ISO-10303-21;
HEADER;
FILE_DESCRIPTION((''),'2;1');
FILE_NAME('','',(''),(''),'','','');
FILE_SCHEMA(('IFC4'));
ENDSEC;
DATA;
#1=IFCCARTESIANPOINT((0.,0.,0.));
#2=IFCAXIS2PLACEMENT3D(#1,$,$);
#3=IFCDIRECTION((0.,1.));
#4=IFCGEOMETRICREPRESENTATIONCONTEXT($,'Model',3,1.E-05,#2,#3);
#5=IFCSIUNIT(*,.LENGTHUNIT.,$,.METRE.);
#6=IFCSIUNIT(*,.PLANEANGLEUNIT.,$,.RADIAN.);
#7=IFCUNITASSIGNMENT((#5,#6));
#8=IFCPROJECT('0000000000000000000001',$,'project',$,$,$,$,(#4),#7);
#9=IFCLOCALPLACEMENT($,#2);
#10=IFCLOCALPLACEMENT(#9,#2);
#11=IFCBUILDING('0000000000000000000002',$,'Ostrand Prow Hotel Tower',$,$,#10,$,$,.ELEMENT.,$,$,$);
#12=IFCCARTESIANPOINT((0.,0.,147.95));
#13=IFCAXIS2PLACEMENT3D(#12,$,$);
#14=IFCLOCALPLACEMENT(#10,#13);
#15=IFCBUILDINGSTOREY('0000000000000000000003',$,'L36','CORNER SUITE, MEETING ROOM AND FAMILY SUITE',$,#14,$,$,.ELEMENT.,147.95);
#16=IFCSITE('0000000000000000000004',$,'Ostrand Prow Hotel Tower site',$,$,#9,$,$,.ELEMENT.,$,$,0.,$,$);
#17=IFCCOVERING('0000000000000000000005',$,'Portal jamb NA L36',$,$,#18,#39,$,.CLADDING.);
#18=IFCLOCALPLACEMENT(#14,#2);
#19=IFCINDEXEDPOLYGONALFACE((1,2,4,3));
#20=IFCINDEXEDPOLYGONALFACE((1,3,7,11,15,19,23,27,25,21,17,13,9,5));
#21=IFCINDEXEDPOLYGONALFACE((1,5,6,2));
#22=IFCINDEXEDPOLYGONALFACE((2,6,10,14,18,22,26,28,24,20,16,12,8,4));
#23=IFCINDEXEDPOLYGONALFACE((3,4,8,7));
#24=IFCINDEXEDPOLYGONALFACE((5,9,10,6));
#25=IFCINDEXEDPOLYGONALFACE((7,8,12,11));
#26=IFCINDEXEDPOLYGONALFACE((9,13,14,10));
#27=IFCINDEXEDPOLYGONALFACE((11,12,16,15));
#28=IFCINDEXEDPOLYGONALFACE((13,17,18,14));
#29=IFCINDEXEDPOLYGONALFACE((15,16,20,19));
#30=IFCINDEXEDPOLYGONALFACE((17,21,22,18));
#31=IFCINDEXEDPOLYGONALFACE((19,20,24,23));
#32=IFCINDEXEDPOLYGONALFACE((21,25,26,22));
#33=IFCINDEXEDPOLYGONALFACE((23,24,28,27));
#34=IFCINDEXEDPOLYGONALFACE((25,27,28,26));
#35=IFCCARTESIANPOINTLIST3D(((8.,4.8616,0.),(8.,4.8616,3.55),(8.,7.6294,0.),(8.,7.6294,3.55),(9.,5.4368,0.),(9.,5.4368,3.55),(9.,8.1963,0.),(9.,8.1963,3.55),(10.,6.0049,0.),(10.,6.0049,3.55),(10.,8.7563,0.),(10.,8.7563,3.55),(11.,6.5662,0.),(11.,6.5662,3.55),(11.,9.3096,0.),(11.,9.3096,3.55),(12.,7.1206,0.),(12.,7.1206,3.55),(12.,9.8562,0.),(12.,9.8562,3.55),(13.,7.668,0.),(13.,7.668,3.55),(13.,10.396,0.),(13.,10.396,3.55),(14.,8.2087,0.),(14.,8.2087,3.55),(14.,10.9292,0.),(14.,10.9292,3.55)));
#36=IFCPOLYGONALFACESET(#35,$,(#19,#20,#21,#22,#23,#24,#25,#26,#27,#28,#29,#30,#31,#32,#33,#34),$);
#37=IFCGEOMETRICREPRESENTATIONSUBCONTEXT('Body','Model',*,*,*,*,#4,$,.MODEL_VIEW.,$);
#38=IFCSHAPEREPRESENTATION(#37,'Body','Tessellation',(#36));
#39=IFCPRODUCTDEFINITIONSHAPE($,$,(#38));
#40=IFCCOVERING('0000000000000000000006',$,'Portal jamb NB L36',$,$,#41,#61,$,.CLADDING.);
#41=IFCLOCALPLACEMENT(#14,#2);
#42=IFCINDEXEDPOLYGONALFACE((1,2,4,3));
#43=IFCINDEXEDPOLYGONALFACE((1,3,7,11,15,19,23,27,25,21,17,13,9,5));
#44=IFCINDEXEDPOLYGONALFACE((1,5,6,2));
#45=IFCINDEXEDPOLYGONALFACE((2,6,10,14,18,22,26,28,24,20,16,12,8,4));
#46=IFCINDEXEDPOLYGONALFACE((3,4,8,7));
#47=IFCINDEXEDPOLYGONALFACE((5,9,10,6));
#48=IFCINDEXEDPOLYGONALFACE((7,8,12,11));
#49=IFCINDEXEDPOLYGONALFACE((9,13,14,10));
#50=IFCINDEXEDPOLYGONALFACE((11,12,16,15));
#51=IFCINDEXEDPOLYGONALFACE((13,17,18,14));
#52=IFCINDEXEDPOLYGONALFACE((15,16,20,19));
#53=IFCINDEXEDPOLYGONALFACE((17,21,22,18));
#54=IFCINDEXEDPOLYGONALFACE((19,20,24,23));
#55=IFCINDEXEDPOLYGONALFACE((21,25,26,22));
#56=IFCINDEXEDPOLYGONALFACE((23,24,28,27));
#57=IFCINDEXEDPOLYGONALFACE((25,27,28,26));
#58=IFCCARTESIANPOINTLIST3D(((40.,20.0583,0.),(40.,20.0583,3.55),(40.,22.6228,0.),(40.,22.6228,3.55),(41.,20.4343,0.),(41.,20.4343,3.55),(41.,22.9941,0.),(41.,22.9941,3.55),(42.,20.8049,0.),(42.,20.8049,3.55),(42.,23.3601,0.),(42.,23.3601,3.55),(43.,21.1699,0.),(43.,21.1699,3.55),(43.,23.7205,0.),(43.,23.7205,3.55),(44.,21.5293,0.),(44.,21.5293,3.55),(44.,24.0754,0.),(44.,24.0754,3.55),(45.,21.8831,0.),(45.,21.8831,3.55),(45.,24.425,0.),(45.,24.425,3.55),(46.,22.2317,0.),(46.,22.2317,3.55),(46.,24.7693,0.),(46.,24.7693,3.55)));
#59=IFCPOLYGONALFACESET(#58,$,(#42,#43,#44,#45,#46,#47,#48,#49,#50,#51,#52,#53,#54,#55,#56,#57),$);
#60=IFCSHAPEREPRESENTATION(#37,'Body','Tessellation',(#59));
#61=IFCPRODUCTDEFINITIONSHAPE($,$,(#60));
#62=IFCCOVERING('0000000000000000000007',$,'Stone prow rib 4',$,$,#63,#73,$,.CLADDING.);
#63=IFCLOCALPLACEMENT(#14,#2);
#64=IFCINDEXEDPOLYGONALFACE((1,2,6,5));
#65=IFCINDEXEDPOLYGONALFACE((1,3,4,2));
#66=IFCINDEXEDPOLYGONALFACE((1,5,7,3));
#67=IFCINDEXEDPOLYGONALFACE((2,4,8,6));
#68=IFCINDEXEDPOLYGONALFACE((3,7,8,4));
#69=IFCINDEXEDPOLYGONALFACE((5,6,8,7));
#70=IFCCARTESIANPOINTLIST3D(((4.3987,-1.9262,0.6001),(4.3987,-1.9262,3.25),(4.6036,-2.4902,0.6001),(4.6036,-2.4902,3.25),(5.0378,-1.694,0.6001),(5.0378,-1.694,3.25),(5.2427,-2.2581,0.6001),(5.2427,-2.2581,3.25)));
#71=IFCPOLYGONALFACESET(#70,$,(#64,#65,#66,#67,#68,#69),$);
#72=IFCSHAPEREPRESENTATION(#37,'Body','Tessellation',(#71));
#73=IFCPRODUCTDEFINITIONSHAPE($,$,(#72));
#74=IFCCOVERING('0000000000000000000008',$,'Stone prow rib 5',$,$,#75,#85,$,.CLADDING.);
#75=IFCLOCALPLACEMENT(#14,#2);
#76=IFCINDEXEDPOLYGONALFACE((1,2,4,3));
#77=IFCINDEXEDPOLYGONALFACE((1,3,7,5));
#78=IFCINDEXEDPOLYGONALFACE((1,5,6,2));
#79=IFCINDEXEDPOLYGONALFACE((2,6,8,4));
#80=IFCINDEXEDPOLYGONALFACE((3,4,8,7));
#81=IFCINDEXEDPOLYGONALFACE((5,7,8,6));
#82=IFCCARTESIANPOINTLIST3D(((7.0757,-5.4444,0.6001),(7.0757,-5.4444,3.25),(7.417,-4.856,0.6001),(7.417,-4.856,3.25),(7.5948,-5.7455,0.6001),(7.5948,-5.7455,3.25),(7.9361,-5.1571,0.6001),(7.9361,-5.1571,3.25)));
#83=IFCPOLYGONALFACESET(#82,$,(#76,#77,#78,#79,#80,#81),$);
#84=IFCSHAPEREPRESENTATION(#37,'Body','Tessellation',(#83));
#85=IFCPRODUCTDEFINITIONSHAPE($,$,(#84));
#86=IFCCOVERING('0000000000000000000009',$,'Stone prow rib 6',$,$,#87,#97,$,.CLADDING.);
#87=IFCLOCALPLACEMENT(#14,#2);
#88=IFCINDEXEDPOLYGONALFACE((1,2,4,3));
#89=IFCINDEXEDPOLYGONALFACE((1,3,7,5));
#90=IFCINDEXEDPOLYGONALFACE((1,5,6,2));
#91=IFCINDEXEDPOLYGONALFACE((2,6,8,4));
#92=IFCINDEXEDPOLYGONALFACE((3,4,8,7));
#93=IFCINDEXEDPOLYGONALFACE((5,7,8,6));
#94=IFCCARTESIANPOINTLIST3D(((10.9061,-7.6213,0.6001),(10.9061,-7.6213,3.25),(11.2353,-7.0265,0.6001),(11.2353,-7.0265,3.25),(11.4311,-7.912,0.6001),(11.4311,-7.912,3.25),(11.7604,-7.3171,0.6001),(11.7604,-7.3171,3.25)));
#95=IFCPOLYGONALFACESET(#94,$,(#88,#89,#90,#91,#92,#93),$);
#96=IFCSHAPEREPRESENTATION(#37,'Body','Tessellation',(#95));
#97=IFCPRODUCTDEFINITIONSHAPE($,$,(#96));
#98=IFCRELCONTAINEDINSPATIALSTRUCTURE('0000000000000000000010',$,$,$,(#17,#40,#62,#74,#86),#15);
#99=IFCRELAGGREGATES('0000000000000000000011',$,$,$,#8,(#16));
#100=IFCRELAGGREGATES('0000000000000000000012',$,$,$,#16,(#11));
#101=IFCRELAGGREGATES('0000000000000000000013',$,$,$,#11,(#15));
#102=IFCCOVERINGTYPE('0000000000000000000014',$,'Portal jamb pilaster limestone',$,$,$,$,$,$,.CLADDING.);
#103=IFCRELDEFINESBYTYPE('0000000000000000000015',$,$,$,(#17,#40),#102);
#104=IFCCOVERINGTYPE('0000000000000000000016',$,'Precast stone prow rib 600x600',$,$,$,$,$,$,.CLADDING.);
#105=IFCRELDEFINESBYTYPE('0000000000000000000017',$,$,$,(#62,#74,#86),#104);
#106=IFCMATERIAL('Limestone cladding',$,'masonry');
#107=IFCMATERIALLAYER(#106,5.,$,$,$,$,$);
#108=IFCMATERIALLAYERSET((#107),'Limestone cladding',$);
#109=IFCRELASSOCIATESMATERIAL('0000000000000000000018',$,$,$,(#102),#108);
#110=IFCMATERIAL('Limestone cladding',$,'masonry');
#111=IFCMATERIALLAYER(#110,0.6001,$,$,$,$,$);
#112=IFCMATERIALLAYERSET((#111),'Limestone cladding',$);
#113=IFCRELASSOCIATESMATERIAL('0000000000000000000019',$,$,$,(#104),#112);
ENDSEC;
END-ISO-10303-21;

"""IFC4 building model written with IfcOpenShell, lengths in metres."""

from ifc_helpers import new_model, si_unit, direction, frame, frame_2d, origin, place, context, subcontext, project, spatial, polyline, rectangle, outline, extrude, material, layer, layer_set, type_object, element, save


model = new_model("IFC4")

# Units and contexts
model_context = context("Model", 3, precision=1e-05, world=origin(), true_north=direction((0.0, 1.0)))
body_context = subcontext(model_context, "Body", "Model", "MODEL_VIEW")
ifc_project = project(units=[si_unit("LENGTHUNIT", "METRE"), si_unit("PLANEANGLEUNIT", "RADIAN")], contexts=[model_context])

# Site, building, storey
site_placement = place(None, origin())
site = spatial("IfcSite", under=ifc_project, at=site_placement, Name="Ostrand Prow Hotel Tower site", CompositionType="ELEMENT", RefElevation=0.0)
building_placement = place(site_placement, origin())
building = spatial("IfcBuilding", under=site, at=building_placement, Name="Ostrand Prow Hotel Tower", CompositionType="ELEMENT")
storey_placement = place(building_placement, frame((0.0, 0.0, 147.95)))
storey = spatial("IfcBuildingStorey", under=building, at=storey_placement, Name="L36", Description="CORNER SUITE, MEETING ROOM AND FAMILY SUITE", CompositionType="ELEMENT", Elevation=147.95)

# Coverings
ifc_material_1 = material(Name="Limestone cladding", Category="masonry")
ifc_layer_1 = layer(ifc_material_1, 5.0)
ifc_layer_set_1 = layer_set([ifc_layer_1], Name="Limestone cladding")
covering_type_1 = type_object("IfcCoveringType", Name="Portal jamb pilaster limestone", PredefinedType="CLADDING", material=ifc_layer_set_1)
covering_1_placement = place(storey_placement, origin())
element("IfcCovering", 1, at=covering_1_placement, inside=storey, type_object=covering_type_1, Name="Portal jamb NA L36", PredefinedType="CLADDING", context=body_context, shape_type="SweptSolid", body=[
    extrude(outline(polyline([(8.0, 4.8616), (9.0, 5.4368), (10.0, 6.0049), (11.0, 6.5662), (12.0, 7.1206), (13.0, 7.668), (14.0, 8.2087), (14.0, 10.9292), (13.0, 10.396), (12.0, 9.8562), (11.0, 9.3096), (10.0, 8.7563), (9.0, 8.1963), (8.0, 7.6294), (8.0, 4.8616)])), origin(), (0.0, 0.0, 1.0), 3.55),
])
covering_2_placement = place(storey_placement, origin())
element("IfcCovering", 2, at=covering_2_placement, inside=storey, type_object=covering_type_1, Name="Portal jamb NB L36", PredefinedType="CLADDING", context=body_context, shape_type="SweptSolid", body=[
    extrude(outline(polyline([(40.0, 20.0583), (41.0, 20.4343), (42.0, 20.8049), (43.0, 21.1699), (44.0, 21.5293), (45.0, 21.8831), (46.0, 22.2317), (46.0, 24.7693), (45.0, 24.425), (44.0, 24.0754), (43.0, 23.7205), (42.0, 23.3601), (41.0, 22.9941), (40.0, 22.6228), (40.0, 20.0583)])), origin(), (0.0, 0.0, 1.0), 3.55),
])
ifc_material_2 = material(Name="Limestone cladding", Category="masonry")
ifc_layer_2 = layer(ifc_material_2, 0.6001)
ifc_layer_set_2 = layer_set([ifc_layer_2], Name="Limestone cladding")
covering_type_2 = type_object("IfcCoveringType", Name="Precast stone prow rib 600x600", PredefinedType="CLADDING", material=ifc_layer_set_2)
covering_3_placement = place(storey_placement, frame((5.1401, -1.9761, 0.6001), z_axis=(0.0, 0.0, 1.0), x_axis=(-0.939909, -0.341426, 0.0)))
element("IfcCovering", 3, at=covering_3_placement, inside=storey, type_object=covering_type_2, Name="Stone prow rib 4", PredefinedType="CLADDING", context=body_context, shape_type="SweptSolid", body=[
    extrude(rectangle(XDim=0.6799, YDim=0.6001, at=frame_2d((0.3398, 0.0))), origin(), (0.0, 0.0, 1.0), 2.6499),
])
covering_4_placement = place(storey_placement, frame((7.6765, -5.0066, 0.6001), z_axis=(0.0, 0.0, 1.0), x_axis=(-0.501772, -0.865, 0.0)))
element("IfcCovering", 4, at=covering_4_placement, inside=storey, type_object=covering_type_2, Name="Stone prow rib 5", PredefinedType="CLADDING", context=body_context, shape_type="SweptSolid", body=[
    extrude(rectangle(XDim=0.6802, YDim=0.6001, at=frame_2d((0.3401, 0.0))), origin(), (0.0, 0.0, 1.0), 2.6499),
])
covering_5_placement = place(storey_placement, frame((11.4978, -7.1719, 0.6001), z_axis=(0.0, 0.0, 1.0), x_axis=(-0.484301, -0.874901, 0.0)))
element("IfcCovering", 5, at=covering_5_placement, inside=storey, type_object=covering_type_2, Name="Stone prow rib 6", PredefinedType="CLADDING", context=body_context, shape_type="SweptSolid", body=[
    extrude(rectangle(XDim=0.6799, YDim=0.6001, at=frame_2d((0.3398, 0.0))), origin(), (0.0, 0.0, 1.0), 2.6499),
])

save(model, "model.ifc")
